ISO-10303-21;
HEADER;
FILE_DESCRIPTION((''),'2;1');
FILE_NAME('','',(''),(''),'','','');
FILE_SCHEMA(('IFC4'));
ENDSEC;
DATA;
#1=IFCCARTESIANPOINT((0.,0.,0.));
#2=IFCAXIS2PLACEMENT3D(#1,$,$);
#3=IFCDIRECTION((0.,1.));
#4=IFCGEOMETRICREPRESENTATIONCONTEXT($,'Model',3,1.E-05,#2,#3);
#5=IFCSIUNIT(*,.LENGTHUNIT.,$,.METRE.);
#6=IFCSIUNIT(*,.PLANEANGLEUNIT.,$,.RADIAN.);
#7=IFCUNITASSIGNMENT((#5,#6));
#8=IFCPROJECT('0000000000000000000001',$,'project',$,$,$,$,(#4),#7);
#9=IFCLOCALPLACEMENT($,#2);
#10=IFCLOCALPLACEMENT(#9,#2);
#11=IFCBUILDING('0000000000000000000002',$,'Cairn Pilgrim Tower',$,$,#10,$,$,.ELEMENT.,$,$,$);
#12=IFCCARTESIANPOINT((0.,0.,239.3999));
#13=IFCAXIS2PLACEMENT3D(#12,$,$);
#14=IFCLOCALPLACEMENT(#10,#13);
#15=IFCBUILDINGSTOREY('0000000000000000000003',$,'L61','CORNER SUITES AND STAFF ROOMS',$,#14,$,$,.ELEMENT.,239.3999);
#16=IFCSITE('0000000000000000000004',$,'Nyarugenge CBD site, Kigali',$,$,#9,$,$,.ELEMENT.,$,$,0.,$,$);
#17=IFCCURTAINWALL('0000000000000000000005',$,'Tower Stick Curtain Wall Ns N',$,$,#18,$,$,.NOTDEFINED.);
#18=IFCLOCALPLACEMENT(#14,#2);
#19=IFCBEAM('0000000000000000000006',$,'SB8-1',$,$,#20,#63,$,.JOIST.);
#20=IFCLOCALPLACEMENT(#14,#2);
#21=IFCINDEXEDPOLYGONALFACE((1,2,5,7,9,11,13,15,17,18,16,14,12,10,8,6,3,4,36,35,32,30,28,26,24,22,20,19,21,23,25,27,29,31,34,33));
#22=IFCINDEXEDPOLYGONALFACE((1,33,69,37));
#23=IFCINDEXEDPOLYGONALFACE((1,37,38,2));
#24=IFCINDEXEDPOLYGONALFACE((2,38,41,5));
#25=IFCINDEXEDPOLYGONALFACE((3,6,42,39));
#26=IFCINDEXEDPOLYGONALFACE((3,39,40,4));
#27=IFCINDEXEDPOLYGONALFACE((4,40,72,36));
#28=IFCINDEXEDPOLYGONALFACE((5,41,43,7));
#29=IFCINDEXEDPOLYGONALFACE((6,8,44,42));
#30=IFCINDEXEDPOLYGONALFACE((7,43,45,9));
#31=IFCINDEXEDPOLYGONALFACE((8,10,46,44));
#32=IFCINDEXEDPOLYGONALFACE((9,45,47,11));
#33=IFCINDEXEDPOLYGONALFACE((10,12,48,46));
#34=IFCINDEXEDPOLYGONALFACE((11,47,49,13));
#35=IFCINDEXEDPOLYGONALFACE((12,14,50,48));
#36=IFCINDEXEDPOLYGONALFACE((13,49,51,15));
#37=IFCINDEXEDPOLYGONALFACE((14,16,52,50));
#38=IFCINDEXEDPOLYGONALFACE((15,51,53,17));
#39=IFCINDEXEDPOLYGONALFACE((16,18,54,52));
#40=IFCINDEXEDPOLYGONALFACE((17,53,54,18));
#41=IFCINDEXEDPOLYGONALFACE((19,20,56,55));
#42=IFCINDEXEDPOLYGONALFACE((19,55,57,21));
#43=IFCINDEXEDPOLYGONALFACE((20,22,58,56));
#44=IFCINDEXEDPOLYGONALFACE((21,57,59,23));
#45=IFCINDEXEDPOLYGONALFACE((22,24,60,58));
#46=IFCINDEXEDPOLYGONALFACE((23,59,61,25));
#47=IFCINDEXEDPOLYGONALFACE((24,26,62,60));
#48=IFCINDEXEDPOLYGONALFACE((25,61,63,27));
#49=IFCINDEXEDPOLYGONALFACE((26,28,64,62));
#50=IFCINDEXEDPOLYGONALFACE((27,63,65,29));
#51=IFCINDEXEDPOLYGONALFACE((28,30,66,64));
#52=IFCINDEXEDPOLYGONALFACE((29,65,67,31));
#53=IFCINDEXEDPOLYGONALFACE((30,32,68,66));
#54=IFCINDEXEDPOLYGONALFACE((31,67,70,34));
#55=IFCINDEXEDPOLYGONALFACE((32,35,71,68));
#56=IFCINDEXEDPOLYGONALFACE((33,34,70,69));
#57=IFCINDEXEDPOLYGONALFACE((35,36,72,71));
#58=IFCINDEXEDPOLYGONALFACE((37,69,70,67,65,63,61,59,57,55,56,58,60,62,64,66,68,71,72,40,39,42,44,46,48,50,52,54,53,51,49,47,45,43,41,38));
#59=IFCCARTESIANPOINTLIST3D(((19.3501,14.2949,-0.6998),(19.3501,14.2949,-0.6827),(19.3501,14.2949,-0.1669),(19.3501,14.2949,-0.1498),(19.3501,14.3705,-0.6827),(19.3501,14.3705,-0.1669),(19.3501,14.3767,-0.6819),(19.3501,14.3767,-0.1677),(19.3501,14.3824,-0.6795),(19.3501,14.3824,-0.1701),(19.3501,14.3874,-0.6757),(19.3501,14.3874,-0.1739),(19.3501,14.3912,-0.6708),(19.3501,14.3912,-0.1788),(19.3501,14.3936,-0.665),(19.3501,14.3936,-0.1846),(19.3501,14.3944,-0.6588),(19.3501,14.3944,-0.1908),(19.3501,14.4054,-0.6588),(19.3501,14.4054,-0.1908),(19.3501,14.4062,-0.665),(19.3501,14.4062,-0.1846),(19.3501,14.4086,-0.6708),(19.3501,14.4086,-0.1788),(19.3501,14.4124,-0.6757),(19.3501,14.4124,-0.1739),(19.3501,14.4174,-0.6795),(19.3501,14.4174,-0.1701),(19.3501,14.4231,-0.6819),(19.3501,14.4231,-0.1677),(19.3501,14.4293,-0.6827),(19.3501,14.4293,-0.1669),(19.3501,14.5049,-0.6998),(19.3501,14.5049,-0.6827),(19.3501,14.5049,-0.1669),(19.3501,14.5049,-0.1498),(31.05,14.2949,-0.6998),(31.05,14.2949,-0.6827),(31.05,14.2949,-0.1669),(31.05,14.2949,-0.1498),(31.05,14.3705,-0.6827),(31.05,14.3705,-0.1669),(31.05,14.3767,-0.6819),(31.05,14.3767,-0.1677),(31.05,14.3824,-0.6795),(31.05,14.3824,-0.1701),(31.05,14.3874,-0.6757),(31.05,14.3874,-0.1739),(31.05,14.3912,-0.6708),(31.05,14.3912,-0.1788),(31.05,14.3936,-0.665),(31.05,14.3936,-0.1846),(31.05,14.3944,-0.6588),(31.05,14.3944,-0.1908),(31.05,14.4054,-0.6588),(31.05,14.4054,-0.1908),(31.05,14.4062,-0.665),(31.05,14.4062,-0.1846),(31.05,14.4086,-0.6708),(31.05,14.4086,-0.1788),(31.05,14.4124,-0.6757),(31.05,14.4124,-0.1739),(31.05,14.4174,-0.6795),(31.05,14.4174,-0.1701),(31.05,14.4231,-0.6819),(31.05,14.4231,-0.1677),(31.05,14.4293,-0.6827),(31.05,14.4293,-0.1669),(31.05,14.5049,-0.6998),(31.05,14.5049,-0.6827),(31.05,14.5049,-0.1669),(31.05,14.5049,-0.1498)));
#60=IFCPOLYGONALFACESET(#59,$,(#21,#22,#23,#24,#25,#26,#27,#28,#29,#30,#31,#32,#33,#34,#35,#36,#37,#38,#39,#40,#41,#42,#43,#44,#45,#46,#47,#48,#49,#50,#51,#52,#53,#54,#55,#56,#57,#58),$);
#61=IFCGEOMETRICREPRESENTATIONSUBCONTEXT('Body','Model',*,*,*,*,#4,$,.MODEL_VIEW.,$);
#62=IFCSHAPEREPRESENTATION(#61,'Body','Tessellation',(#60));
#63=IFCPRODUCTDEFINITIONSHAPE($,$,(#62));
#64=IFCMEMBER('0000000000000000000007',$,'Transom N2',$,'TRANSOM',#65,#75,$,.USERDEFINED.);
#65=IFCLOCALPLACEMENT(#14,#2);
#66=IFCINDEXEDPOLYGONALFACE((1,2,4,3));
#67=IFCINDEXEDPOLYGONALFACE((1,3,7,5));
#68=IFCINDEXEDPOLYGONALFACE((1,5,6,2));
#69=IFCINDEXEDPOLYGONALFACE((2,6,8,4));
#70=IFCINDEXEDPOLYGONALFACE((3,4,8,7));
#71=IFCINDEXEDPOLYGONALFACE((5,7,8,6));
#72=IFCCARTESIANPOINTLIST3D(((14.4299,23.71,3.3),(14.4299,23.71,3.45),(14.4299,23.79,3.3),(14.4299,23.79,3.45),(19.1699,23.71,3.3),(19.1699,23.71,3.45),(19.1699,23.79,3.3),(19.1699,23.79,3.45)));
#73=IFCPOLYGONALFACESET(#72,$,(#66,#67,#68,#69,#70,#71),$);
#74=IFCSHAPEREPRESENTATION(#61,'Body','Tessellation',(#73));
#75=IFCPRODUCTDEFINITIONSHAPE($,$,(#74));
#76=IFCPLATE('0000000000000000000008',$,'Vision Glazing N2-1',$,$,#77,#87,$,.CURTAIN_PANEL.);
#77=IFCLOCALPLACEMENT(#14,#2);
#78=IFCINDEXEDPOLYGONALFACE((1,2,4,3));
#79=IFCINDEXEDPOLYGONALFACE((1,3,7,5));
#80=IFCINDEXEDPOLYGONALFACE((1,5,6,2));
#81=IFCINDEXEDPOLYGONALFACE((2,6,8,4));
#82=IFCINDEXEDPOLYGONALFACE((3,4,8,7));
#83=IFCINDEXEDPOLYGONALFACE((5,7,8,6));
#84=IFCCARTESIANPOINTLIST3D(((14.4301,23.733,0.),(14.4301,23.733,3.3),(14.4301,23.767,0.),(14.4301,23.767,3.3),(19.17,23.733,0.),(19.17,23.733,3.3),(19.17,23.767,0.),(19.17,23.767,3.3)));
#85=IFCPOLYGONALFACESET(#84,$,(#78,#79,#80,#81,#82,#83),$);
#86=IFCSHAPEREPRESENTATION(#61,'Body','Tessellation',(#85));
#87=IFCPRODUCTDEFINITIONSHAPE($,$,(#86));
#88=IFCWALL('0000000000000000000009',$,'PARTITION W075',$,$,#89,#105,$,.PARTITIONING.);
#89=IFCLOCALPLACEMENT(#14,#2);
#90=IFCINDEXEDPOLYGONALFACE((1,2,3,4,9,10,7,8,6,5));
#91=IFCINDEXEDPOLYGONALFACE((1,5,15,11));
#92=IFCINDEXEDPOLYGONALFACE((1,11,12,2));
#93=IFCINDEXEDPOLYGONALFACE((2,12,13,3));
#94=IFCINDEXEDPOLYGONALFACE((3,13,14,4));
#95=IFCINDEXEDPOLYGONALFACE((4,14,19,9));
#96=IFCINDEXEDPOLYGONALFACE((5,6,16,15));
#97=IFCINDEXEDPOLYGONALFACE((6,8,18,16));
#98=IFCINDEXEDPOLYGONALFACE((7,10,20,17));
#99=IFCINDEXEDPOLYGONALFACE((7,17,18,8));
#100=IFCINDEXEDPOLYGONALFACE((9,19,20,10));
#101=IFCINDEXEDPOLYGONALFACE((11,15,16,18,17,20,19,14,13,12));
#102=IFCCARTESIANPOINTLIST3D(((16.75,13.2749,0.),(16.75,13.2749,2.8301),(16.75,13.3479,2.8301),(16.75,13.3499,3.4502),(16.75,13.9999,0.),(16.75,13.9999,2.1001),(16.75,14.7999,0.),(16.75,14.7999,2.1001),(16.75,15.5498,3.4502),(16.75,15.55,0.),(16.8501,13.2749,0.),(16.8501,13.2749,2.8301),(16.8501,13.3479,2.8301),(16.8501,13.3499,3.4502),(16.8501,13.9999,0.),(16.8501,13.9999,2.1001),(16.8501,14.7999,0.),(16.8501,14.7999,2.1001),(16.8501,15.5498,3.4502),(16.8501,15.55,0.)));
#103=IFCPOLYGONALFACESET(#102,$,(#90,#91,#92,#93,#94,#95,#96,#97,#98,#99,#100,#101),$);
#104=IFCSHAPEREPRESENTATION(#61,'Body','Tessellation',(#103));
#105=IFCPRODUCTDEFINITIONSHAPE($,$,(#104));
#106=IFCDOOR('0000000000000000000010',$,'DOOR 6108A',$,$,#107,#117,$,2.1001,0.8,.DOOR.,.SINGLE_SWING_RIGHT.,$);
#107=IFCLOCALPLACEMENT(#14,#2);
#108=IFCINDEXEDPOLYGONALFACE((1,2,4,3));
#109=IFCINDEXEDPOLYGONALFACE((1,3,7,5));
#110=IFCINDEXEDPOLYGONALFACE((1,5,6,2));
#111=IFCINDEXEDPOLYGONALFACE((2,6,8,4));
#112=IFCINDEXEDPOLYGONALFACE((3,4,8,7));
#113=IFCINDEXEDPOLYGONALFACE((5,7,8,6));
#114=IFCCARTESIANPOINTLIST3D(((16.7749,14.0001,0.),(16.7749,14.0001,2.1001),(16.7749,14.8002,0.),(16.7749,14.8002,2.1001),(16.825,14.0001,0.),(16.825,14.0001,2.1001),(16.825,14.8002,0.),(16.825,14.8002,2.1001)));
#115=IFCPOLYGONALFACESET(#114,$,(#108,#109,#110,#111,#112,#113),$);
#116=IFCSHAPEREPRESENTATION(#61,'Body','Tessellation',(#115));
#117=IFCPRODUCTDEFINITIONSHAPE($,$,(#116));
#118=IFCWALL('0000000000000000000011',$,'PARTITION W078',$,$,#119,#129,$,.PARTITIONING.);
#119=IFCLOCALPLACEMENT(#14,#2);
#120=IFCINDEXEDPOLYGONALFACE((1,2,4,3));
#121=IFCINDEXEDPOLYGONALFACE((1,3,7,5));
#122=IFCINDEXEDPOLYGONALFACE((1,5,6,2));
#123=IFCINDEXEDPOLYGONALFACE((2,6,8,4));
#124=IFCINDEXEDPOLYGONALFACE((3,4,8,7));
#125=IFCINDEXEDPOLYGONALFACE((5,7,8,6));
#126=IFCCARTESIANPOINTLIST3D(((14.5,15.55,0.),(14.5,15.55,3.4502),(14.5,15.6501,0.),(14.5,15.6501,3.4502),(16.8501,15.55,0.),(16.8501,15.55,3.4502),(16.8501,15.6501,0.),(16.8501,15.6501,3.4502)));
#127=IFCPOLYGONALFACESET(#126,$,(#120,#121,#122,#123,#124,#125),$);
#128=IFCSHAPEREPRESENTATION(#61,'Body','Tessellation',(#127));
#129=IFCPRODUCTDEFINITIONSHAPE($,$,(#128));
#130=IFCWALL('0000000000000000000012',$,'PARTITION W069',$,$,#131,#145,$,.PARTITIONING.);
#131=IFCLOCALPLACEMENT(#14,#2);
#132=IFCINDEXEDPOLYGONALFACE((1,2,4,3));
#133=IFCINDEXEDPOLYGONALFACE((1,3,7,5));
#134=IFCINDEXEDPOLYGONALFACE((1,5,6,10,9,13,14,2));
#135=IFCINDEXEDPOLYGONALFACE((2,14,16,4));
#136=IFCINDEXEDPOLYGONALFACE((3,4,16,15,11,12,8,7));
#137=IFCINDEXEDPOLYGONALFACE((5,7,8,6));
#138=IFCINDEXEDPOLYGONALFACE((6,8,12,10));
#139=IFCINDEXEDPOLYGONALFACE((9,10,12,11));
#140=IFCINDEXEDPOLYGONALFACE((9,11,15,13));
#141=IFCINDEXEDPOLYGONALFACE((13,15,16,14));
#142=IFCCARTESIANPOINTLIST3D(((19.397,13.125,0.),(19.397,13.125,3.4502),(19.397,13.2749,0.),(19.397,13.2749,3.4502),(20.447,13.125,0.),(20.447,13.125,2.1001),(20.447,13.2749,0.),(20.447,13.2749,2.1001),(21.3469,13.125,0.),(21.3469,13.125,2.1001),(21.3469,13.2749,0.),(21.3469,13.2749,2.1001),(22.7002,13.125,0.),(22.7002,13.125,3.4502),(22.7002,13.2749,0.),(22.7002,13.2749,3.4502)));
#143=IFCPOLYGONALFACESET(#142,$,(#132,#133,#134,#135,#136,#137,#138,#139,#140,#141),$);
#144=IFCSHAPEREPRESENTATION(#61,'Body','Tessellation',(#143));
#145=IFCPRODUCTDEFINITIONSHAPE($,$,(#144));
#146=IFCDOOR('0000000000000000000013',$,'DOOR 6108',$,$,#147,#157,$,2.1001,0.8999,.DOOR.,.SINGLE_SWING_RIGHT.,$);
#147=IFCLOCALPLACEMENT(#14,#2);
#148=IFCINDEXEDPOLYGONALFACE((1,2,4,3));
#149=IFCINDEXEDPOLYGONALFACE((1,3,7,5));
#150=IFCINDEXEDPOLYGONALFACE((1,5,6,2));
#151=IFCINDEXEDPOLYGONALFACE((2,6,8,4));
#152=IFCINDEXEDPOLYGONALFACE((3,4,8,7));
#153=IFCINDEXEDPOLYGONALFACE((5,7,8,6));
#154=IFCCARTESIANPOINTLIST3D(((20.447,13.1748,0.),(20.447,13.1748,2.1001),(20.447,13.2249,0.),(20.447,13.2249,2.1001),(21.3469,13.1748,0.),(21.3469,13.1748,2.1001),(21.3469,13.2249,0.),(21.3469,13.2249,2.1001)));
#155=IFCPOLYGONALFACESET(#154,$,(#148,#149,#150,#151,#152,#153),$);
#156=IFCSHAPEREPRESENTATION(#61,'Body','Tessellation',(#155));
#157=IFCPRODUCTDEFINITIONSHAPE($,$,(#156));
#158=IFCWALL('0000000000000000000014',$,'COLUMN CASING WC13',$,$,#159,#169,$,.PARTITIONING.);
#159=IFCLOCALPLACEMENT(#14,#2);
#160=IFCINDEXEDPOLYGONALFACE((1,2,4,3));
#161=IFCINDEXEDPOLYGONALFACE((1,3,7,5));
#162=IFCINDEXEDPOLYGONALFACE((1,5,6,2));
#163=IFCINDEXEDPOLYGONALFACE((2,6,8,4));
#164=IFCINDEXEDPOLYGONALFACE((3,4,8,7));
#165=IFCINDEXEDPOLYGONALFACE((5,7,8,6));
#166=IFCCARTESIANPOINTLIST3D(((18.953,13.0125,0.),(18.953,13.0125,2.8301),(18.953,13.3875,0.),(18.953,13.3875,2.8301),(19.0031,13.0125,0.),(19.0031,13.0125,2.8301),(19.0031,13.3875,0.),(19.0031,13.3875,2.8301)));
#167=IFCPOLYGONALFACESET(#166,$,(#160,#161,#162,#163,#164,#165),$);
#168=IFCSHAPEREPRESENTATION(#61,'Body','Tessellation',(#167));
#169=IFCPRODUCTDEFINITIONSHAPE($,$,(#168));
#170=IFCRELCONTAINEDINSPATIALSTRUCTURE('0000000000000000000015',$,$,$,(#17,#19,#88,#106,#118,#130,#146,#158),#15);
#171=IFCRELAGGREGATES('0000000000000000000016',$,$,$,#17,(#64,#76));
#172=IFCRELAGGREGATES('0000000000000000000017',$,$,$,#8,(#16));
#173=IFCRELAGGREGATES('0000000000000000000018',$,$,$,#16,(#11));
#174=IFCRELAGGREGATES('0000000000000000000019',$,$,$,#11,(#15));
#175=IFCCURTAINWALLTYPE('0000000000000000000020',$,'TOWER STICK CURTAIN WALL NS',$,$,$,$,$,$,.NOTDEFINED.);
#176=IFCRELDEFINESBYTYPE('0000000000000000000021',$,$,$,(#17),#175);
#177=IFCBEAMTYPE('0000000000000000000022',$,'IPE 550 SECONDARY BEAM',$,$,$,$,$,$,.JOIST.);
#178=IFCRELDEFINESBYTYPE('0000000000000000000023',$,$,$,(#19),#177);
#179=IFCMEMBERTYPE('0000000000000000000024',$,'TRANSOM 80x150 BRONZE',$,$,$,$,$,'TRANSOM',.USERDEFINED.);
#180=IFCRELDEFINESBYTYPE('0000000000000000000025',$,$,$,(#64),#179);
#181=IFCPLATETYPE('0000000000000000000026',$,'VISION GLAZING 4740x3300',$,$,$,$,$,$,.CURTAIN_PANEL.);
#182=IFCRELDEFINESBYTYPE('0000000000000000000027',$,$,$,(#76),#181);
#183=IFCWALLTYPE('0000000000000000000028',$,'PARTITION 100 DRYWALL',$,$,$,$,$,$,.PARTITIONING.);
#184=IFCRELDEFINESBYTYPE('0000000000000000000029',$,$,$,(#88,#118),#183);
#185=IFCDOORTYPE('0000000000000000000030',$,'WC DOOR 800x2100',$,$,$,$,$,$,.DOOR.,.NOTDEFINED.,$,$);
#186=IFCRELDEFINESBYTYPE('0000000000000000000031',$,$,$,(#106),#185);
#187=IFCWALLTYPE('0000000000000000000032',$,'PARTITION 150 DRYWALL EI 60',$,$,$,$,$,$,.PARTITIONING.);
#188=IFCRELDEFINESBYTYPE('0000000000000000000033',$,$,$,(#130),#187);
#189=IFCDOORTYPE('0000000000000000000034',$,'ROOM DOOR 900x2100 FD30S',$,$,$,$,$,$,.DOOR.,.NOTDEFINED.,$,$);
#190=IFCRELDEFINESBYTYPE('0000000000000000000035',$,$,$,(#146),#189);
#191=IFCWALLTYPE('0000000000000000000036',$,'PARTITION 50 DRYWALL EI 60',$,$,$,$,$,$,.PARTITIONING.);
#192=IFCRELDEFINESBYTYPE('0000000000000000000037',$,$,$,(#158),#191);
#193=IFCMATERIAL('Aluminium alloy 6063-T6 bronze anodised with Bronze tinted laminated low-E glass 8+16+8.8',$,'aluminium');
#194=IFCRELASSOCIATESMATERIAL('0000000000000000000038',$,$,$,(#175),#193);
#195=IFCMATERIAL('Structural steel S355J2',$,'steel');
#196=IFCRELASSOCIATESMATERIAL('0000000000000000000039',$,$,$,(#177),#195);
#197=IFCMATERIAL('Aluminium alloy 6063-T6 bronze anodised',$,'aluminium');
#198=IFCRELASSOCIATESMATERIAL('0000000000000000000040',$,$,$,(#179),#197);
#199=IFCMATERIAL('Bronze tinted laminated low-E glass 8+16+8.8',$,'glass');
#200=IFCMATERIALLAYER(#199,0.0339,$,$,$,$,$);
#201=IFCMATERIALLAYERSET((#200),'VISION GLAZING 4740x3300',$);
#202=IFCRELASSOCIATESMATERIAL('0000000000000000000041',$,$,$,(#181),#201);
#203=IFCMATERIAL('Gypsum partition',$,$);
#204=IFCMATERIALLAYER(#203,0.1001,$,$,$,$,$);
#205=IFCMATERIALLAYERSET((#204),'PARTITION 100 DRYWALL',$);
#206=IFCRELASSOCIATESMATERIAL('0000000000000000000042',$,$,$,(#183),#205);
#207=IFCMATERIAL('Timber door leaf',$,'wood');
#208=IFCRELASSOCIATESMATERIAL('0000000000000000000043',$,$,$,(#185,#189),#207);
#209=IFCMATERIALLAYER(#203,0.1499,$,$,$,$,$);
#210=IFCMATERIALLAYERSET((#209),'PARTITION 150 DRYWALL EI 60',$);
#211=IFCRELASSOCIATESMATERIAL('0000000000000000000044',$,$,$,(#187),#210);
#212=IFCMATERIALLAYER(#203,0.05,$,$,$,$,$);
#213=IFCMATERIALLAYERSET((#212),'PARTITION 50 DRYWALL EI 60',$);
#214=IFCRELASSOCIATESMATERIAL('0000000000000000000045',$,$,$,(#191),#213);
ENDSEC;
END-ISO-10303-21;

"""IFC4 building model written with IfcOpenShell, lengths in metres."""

from ifc_helpers import new_model, si_unit, direction, frame, frame_2d, origin, origin_2d, place, context, subcontext, project, spatial, polyline, rectangle, i_section, outline, extrude, material, layer, layer_set, material_profile, profile_set, type_object, element, fill, aggregate, save


model = new_model("IFC4")

# Units and contexts
model_context = context("Model", 3, precision=1e-05, world=origin(), true_north=direction((0.0, 1.0)))
body_context = subcontext(model_context, "Body", "Model", "MODEL_VIEW")
ifc_project = project(units=[si_unit("LENGTHUNIT", "METRE"), si_unit("PLANEANGLEUNIT", "RADIAN")], contexts=[model_context])

# Site, building, storey
site_placement = place(None, origin())
site = spatial("IfcSite", under=ifc_project, at=site_placement, Name="Nyarugenge CBD site, Kigali", CompositionType="ELEMENT", RefElevation=0.0)
building_placement = place(site_placement, origin())
building = spatial("IfcBuilding", under=site, at=building_placement, Name="Cairn Pilgrim Tower", CompositionType="ELEMENT")
storey_placement = place(building_placement, frame((0.0, 0.0, 239.3999)))
storey = spatial("IfcBuildingStorey", under=building, at=storey_placement, Name="L61", Description="CORNER SUITES AND STAFF ROOMS", CompositionType="ELEMENT", Elevation=239.3999)

# Shared definitions
ifc_material_1 = material(Name="Structural steel S355J2", Category="steel")

# Curtain wall
ifc_material_2 = material(Name="Aluminium alloy 6063-T6 bronze anodised with Bronze tinted laminated low-E glass 8+16+8.8", Category="aluminium")
curtain_wall_type = type_object("IfcCurtainWallType", Name="TOWER STICK CURTAIN WALL NS", PredefinedType="NOTDEFINED", material=ifc_material_2)
curtain_wall_placement = place(storey_placement, origin())
curtain_wall = element("IfcCurtainWall", 1, at=curtain_wall_placement, inside=storey, type_object=curtain_wall_type, Name="Tower Stick Curtain Wall Ns N", PredefinedType="NOTDEFINED")
ifc_material_3 = material(Name="Aluminium alloy 6063-T6 bronze anodised", Category="aluminium")

# Beam
ifc_material_profile_1 = material_profile(ifc_material_1, i_section(OverallWidth=0.21, OverallDepth=0.55, WebThickness=0.011, FlangeThickness=0.0171, FilletRadius=0.0239, at=origin_2d()), Name="IPE 550")
ifc_profile_set_1 = profile_set([ifc_material_profile_1], Name="Structural steel S355J2")
beam_type_1 = type_object("IfcBeamType", Name="IPE 550 SECONDARY BEAM", PredefinedType="JOIST", material=ifc_profile_set_1)
beam_1_placement = place(storey_placement, frame((19.3501, 14.3999, -0.4248), z_axis=(1.0, 0.0, 0.0), x_axis=(0.0, 1.0, 0.0)))
element("IfcBeam", 2, at=beam_1_placement, inside=storey, type_object=beam_type_1, Name="SB8-1", PredefinedType="JOIST", context=body_context, shape_type="SweptSolid", body=[
    extrude(i_section(OverallWidth=0.21, OverallDepth=0.55, WebThickness=0.011, FlangeThickness=0.0171, FilletRadius=0.0239, at=origin_2d()), origin(), (0.0, 0.0, 1.0), 11.7),
])

# Member
ifc_material_profile_2 = material_profile(ifc_material_3, rectangle(XDim=0.0801, YDim=0.1499, at=origin_2d()), Name="TRANSOM 80x150 BRONZE")
ifc_profile_set_2 = profile_set([ifc_material_profile_2], Name="Aluminium alloy 6063-T6 bronze anodised")
member_type_1 = type_object("IfcMemberType", Name="TRANSOM 80x150 BRONZE", ElementType="TRANSOM", PredefinedType="USERDEFINED", material=ifc_profile_set_2)
member_1_placement = place(storey_placement, frame((19.1699, 23.75, 3.375), z_axis=(-1.0, 0.0, 0.0), x_axis=(0.0, -1.0, 0.0)))
member_1 = element("IfcMember", 3, at=member_1_placement, type_object=member_type_1, Name="Transom N2", ObjectType="TRANSOM", PredefinedType="USERDEFINED", context=body_context, shape_type="SweptSolid", body=[
    extrude(rectangle(XDim=0.0801, YDim=0.1499, at=origin_2d()), origin(), (0.0, 0.0, 1.0), 4.74),
])

# Plate
ifc_material_4 = material(Name="Bronze tinted laminated low-E glass 8+16+8.8", Category="glass")
ifc_layer_1 = layer(ifc_material_4, 0.0339)
ifc_layer_set_1 = layer_set([ifc_layer_1], Name="VISION GLAZING 4740x3300")
plate_type = type_object("IfcPlateType", Name="VISION GLAZING 4740x3300", PredefinedType="CURTAIN_PANEL", material=ifc_layer_set_1)
plate_placement = place(storey_placement, frame((16.8, 23.75, 0.0), z_axis=(0.0, 0.0, 1.0), x_axis=(-1.0, 0.0, 0.0)))
plate = element("IfcPlate", 4, at=plate_placement, type_object=plate_type, Name="Vision Glazing N2-1", PredefinedType="CURTAIN_PANEL", context=body_context, shape_type="SweptSolid", body=[
    extrude(rectangle(XDim=4.74, YDim=0.0339, at=origin_2d()), origin(), (0.0, 0.0, 1.0), 3.3),
])
aggregate(curtain_wall, [member_1, plate])

# Wall, opening, door
ifc_material_5 = material(Name="Gypsum partition")
ifc_layer_2 = layer(ifc_material_5, 0.1001)
ifc_layer_set_2 = layer_set([ifc_layer_2], Name="PARTITION 100 DRYWALL")
wall_type_1 = type_object("IfcWallType", Name="PARTITION 100 DRYWALL", PredefinedType="PARTITIONING", material=ifc_layer_set_2)
wall_1_placement = place(storey_placement, frame((16.8, 13.2749, 0.0), z_axis=(0.0, 0.0, 1.0), x_axis=(0.0, 1.0, 0.0)))
wall_1 = element("IfcWall", 5, at=wall_1_placement, inside=storey, type_object=wall_type_1, Name="PARTITION W075", PredefinedType="PARTITIONING", context=body_context, shape_type="SweptSolid", body=[
    extrude(outline(polyline([(0.0, 0.0), (2.2751, 0.0), (2.2749, 3.4502), (0.075, 3.4502), (0.073, 2.8301), (0.0, 2.8301), (0.0, 0.0)])), frame((0.0, 0.05, 0.0), z_axis=(0.0, -1.0, 0.0), x_axis=(1.0, 0.0, 0.0)), (0.0, 0.0, 1.0), 0.1001),
])
opening_1_placement = place(wall_1_placement, frame((0.7251, 0.0, 0.0)))
opening_1 = element("IfcOpeningElement", 6, at=opening_1_placement, cuts=wall_1, PredefinedType="OPENING", context=body_context, shape_type="SweptSolid", body=[
    extrude(rectangle(XDim=0.8, YDim=2.1001, at=frame_2d((0.3999, 1.05))), frame((0.0, 0.0601, 0.0), z_axis=(0.0, -1.0, 0.0), x_axis=(1.0, 0.0, 0.0)), (0.0, 0.0, 1.0), 0.1201),
])
ifc_material_6 = material(Name="Timber door leaf", Category="wood")
door_type_1 = type_object("IfcDoorType", Name="WC DOOR 800x2100", OperationType="NOTDEFINED", PredefinedType="DOOR", material=ifc_material_6)
door_1_placement = place(opening_1_placement, frame((0.8, 0.0, 0.0), z_axis=(0.0, 0.0, 1.0), x_axis=(-1.0, 0.0, 0.0)))
door_1 = element("IfcDoor", 7, at=door_1_placement, inside=storey, type_object=door_type_1, Name="DOOR 6108A", OperationType="SINGLE_SWING_RIGHT", OverallHeight=2.1001, OverallWidth=0.8, PredefinedType="DOOR", context=body_context, shape_type="SweptSolid", body=[
    extrude(rectangle(XDim=0.8, YDim=2.1001, at=frame_2d((0.3999, 1.05))), frame((0.0, 0.0249, 0.0), z_axis=(0.0, -1.0, 0.0), x_axis=(1.0, 0.0, 0.0)), (0.0, 0.0, 1.0), 0.05),
])
fill(opening_1, door_1)

# Wall
wall_2_placement = place(storey_placement, frame((14.5, 15.6001, 0.0), z_axis=(0.0, 0.0, 1.0), x_axis=(1.0, 0.0, 0.0)))
element("IfcWall", 8, at=wall_2_placement, inside=storey, type_object=wall_type_1, Name="PARTITION W078", PredefinedType="PARTITIONING", context=body_context, shape_type="SweptSolid", body=[
    extrude(rectangle(XDim=2.3501, YDim=0.1001, at=frame_2d((1.175, 0.0))), origin(), (0.0, 0.0, 1.0), 3.4502),
])

# Wall, opening, door
ifc_layer_3 = layer(ifc_material_5, 0.1499)
ifc_layer_set_3 = layer_set([ifc_layer_3], Name="PARTITION 150 DRYWALL EI 60")
wall_type_2 = type_object("IfcWallType", Name="PARTITION 150 DRYWALL EI 60", PredefinedType="PARTITIONING", material=ifc_layer_set_3)
wall_3_placement = place(storey_placement, frame((19.397, 13.2, 0.0), z_axis=(0.0, 0.0, 1.0), x_axis=(1.0, 0.0, 0.0)))
wall_3 = element("IfcWall", 9, at=wall_3_placement, inside=storey, type_object=wall_type_2, Name="PARTITION W069", PredefinedType="PARTITIONING", context=body_context, shape_type="SweptSolid", body=[
    extrude(rectangle(XDim=3.3032, YDim=0.1499, at=frame_2d((1.6516, 0.0))), origin(), (0.0, 0.0, 1.0), 3.4502),
])
opening_2_placement = place(wall_3_placement, frame((1.05, 0.0, 0.0)))
opening_2 = element("IfcOpeningElement", 10, at=opening_2_placement, cuts=wall_3, PredefinedType="OPENING", context=body_context, shape_type="SweptSolid", body=[
    extrude(rectangle(XDim=0.8999, YDim=2.1001, at=frame_2d((0.45, 1.05))), frame((0.0, 0.085, 0.0), z_axis=(0.0, -1.0, 0.0), x_axis=(1.0, 0.0, 0.0)), (0.0, 0.0, 1.0), 0.1699),
])
door_type_2 = type_object("IfcDoorType", Name="ROOM DOOR 900x2100 FD30S", OperationType="NOTDEFINED", PredefinedType="DOOR", material=ifc_material_6)
door_2_placement = place(opening_2_placement, origin())
door_2 = element("IfcDoor", 11, at=door_2_placement, inside=storey, type_object=door_type_2, Name="DOOR 6108", OperationType="SINGLE_SWING_RIGHT", OverallHeight=2.1001, OverallWidth=0.8999, PredefinedType="DOOR", context=body_context, shape_type="SweptSolid", body=[
    extrude(rectangle(XDim=0.8999, YDim=2.1001, at=frame_2d((0.45, 1.05))), frame((0.0, 0.0249, 0.0), z_axis=(0.0, -1.0, 0.0), x_axis=(1.0, 0.0, 0.0)), (0.0, 0.0, 1.0), 0.05),
])
fill(opening_2, door_2)

# Wall
ifc_layer_4 = layer(ifc_material_5, 0.05)
ifc_layer_set_4 = layer_set([ifc_layer_4], Name="PARTITION 50 DRYWALL EI 60")
wall_type_3 = type_object("IfcWallType", Name="PARTITION 50 DRYWALL EI 60", PredefinedType="PARTITIONING", material=ifc_layer_set_4)
wall_4_placement = place(storey_placement, frame((18.978, 13.0125, 0.0), z_axis=(0.0, 0.0, 1.0), x_axis=(0.0, 1.0, 0.0)))
element("IfcWall", 12, at=wall_4_placement, inside=storey, type_object=wall_type_3, Name="COLUMN CASING WC13", PredefinedType="PARTITIONING", context=body_context, shape_type="SweptSolid", body=[
    extrude(rectangle(XDim=0.375, YDim=0.05, at=frame_2d((0.1875, 0.0))), origin(), (0.0, 0.0, 1.0), 2.8301),
])

save(model, "model.ifc")
